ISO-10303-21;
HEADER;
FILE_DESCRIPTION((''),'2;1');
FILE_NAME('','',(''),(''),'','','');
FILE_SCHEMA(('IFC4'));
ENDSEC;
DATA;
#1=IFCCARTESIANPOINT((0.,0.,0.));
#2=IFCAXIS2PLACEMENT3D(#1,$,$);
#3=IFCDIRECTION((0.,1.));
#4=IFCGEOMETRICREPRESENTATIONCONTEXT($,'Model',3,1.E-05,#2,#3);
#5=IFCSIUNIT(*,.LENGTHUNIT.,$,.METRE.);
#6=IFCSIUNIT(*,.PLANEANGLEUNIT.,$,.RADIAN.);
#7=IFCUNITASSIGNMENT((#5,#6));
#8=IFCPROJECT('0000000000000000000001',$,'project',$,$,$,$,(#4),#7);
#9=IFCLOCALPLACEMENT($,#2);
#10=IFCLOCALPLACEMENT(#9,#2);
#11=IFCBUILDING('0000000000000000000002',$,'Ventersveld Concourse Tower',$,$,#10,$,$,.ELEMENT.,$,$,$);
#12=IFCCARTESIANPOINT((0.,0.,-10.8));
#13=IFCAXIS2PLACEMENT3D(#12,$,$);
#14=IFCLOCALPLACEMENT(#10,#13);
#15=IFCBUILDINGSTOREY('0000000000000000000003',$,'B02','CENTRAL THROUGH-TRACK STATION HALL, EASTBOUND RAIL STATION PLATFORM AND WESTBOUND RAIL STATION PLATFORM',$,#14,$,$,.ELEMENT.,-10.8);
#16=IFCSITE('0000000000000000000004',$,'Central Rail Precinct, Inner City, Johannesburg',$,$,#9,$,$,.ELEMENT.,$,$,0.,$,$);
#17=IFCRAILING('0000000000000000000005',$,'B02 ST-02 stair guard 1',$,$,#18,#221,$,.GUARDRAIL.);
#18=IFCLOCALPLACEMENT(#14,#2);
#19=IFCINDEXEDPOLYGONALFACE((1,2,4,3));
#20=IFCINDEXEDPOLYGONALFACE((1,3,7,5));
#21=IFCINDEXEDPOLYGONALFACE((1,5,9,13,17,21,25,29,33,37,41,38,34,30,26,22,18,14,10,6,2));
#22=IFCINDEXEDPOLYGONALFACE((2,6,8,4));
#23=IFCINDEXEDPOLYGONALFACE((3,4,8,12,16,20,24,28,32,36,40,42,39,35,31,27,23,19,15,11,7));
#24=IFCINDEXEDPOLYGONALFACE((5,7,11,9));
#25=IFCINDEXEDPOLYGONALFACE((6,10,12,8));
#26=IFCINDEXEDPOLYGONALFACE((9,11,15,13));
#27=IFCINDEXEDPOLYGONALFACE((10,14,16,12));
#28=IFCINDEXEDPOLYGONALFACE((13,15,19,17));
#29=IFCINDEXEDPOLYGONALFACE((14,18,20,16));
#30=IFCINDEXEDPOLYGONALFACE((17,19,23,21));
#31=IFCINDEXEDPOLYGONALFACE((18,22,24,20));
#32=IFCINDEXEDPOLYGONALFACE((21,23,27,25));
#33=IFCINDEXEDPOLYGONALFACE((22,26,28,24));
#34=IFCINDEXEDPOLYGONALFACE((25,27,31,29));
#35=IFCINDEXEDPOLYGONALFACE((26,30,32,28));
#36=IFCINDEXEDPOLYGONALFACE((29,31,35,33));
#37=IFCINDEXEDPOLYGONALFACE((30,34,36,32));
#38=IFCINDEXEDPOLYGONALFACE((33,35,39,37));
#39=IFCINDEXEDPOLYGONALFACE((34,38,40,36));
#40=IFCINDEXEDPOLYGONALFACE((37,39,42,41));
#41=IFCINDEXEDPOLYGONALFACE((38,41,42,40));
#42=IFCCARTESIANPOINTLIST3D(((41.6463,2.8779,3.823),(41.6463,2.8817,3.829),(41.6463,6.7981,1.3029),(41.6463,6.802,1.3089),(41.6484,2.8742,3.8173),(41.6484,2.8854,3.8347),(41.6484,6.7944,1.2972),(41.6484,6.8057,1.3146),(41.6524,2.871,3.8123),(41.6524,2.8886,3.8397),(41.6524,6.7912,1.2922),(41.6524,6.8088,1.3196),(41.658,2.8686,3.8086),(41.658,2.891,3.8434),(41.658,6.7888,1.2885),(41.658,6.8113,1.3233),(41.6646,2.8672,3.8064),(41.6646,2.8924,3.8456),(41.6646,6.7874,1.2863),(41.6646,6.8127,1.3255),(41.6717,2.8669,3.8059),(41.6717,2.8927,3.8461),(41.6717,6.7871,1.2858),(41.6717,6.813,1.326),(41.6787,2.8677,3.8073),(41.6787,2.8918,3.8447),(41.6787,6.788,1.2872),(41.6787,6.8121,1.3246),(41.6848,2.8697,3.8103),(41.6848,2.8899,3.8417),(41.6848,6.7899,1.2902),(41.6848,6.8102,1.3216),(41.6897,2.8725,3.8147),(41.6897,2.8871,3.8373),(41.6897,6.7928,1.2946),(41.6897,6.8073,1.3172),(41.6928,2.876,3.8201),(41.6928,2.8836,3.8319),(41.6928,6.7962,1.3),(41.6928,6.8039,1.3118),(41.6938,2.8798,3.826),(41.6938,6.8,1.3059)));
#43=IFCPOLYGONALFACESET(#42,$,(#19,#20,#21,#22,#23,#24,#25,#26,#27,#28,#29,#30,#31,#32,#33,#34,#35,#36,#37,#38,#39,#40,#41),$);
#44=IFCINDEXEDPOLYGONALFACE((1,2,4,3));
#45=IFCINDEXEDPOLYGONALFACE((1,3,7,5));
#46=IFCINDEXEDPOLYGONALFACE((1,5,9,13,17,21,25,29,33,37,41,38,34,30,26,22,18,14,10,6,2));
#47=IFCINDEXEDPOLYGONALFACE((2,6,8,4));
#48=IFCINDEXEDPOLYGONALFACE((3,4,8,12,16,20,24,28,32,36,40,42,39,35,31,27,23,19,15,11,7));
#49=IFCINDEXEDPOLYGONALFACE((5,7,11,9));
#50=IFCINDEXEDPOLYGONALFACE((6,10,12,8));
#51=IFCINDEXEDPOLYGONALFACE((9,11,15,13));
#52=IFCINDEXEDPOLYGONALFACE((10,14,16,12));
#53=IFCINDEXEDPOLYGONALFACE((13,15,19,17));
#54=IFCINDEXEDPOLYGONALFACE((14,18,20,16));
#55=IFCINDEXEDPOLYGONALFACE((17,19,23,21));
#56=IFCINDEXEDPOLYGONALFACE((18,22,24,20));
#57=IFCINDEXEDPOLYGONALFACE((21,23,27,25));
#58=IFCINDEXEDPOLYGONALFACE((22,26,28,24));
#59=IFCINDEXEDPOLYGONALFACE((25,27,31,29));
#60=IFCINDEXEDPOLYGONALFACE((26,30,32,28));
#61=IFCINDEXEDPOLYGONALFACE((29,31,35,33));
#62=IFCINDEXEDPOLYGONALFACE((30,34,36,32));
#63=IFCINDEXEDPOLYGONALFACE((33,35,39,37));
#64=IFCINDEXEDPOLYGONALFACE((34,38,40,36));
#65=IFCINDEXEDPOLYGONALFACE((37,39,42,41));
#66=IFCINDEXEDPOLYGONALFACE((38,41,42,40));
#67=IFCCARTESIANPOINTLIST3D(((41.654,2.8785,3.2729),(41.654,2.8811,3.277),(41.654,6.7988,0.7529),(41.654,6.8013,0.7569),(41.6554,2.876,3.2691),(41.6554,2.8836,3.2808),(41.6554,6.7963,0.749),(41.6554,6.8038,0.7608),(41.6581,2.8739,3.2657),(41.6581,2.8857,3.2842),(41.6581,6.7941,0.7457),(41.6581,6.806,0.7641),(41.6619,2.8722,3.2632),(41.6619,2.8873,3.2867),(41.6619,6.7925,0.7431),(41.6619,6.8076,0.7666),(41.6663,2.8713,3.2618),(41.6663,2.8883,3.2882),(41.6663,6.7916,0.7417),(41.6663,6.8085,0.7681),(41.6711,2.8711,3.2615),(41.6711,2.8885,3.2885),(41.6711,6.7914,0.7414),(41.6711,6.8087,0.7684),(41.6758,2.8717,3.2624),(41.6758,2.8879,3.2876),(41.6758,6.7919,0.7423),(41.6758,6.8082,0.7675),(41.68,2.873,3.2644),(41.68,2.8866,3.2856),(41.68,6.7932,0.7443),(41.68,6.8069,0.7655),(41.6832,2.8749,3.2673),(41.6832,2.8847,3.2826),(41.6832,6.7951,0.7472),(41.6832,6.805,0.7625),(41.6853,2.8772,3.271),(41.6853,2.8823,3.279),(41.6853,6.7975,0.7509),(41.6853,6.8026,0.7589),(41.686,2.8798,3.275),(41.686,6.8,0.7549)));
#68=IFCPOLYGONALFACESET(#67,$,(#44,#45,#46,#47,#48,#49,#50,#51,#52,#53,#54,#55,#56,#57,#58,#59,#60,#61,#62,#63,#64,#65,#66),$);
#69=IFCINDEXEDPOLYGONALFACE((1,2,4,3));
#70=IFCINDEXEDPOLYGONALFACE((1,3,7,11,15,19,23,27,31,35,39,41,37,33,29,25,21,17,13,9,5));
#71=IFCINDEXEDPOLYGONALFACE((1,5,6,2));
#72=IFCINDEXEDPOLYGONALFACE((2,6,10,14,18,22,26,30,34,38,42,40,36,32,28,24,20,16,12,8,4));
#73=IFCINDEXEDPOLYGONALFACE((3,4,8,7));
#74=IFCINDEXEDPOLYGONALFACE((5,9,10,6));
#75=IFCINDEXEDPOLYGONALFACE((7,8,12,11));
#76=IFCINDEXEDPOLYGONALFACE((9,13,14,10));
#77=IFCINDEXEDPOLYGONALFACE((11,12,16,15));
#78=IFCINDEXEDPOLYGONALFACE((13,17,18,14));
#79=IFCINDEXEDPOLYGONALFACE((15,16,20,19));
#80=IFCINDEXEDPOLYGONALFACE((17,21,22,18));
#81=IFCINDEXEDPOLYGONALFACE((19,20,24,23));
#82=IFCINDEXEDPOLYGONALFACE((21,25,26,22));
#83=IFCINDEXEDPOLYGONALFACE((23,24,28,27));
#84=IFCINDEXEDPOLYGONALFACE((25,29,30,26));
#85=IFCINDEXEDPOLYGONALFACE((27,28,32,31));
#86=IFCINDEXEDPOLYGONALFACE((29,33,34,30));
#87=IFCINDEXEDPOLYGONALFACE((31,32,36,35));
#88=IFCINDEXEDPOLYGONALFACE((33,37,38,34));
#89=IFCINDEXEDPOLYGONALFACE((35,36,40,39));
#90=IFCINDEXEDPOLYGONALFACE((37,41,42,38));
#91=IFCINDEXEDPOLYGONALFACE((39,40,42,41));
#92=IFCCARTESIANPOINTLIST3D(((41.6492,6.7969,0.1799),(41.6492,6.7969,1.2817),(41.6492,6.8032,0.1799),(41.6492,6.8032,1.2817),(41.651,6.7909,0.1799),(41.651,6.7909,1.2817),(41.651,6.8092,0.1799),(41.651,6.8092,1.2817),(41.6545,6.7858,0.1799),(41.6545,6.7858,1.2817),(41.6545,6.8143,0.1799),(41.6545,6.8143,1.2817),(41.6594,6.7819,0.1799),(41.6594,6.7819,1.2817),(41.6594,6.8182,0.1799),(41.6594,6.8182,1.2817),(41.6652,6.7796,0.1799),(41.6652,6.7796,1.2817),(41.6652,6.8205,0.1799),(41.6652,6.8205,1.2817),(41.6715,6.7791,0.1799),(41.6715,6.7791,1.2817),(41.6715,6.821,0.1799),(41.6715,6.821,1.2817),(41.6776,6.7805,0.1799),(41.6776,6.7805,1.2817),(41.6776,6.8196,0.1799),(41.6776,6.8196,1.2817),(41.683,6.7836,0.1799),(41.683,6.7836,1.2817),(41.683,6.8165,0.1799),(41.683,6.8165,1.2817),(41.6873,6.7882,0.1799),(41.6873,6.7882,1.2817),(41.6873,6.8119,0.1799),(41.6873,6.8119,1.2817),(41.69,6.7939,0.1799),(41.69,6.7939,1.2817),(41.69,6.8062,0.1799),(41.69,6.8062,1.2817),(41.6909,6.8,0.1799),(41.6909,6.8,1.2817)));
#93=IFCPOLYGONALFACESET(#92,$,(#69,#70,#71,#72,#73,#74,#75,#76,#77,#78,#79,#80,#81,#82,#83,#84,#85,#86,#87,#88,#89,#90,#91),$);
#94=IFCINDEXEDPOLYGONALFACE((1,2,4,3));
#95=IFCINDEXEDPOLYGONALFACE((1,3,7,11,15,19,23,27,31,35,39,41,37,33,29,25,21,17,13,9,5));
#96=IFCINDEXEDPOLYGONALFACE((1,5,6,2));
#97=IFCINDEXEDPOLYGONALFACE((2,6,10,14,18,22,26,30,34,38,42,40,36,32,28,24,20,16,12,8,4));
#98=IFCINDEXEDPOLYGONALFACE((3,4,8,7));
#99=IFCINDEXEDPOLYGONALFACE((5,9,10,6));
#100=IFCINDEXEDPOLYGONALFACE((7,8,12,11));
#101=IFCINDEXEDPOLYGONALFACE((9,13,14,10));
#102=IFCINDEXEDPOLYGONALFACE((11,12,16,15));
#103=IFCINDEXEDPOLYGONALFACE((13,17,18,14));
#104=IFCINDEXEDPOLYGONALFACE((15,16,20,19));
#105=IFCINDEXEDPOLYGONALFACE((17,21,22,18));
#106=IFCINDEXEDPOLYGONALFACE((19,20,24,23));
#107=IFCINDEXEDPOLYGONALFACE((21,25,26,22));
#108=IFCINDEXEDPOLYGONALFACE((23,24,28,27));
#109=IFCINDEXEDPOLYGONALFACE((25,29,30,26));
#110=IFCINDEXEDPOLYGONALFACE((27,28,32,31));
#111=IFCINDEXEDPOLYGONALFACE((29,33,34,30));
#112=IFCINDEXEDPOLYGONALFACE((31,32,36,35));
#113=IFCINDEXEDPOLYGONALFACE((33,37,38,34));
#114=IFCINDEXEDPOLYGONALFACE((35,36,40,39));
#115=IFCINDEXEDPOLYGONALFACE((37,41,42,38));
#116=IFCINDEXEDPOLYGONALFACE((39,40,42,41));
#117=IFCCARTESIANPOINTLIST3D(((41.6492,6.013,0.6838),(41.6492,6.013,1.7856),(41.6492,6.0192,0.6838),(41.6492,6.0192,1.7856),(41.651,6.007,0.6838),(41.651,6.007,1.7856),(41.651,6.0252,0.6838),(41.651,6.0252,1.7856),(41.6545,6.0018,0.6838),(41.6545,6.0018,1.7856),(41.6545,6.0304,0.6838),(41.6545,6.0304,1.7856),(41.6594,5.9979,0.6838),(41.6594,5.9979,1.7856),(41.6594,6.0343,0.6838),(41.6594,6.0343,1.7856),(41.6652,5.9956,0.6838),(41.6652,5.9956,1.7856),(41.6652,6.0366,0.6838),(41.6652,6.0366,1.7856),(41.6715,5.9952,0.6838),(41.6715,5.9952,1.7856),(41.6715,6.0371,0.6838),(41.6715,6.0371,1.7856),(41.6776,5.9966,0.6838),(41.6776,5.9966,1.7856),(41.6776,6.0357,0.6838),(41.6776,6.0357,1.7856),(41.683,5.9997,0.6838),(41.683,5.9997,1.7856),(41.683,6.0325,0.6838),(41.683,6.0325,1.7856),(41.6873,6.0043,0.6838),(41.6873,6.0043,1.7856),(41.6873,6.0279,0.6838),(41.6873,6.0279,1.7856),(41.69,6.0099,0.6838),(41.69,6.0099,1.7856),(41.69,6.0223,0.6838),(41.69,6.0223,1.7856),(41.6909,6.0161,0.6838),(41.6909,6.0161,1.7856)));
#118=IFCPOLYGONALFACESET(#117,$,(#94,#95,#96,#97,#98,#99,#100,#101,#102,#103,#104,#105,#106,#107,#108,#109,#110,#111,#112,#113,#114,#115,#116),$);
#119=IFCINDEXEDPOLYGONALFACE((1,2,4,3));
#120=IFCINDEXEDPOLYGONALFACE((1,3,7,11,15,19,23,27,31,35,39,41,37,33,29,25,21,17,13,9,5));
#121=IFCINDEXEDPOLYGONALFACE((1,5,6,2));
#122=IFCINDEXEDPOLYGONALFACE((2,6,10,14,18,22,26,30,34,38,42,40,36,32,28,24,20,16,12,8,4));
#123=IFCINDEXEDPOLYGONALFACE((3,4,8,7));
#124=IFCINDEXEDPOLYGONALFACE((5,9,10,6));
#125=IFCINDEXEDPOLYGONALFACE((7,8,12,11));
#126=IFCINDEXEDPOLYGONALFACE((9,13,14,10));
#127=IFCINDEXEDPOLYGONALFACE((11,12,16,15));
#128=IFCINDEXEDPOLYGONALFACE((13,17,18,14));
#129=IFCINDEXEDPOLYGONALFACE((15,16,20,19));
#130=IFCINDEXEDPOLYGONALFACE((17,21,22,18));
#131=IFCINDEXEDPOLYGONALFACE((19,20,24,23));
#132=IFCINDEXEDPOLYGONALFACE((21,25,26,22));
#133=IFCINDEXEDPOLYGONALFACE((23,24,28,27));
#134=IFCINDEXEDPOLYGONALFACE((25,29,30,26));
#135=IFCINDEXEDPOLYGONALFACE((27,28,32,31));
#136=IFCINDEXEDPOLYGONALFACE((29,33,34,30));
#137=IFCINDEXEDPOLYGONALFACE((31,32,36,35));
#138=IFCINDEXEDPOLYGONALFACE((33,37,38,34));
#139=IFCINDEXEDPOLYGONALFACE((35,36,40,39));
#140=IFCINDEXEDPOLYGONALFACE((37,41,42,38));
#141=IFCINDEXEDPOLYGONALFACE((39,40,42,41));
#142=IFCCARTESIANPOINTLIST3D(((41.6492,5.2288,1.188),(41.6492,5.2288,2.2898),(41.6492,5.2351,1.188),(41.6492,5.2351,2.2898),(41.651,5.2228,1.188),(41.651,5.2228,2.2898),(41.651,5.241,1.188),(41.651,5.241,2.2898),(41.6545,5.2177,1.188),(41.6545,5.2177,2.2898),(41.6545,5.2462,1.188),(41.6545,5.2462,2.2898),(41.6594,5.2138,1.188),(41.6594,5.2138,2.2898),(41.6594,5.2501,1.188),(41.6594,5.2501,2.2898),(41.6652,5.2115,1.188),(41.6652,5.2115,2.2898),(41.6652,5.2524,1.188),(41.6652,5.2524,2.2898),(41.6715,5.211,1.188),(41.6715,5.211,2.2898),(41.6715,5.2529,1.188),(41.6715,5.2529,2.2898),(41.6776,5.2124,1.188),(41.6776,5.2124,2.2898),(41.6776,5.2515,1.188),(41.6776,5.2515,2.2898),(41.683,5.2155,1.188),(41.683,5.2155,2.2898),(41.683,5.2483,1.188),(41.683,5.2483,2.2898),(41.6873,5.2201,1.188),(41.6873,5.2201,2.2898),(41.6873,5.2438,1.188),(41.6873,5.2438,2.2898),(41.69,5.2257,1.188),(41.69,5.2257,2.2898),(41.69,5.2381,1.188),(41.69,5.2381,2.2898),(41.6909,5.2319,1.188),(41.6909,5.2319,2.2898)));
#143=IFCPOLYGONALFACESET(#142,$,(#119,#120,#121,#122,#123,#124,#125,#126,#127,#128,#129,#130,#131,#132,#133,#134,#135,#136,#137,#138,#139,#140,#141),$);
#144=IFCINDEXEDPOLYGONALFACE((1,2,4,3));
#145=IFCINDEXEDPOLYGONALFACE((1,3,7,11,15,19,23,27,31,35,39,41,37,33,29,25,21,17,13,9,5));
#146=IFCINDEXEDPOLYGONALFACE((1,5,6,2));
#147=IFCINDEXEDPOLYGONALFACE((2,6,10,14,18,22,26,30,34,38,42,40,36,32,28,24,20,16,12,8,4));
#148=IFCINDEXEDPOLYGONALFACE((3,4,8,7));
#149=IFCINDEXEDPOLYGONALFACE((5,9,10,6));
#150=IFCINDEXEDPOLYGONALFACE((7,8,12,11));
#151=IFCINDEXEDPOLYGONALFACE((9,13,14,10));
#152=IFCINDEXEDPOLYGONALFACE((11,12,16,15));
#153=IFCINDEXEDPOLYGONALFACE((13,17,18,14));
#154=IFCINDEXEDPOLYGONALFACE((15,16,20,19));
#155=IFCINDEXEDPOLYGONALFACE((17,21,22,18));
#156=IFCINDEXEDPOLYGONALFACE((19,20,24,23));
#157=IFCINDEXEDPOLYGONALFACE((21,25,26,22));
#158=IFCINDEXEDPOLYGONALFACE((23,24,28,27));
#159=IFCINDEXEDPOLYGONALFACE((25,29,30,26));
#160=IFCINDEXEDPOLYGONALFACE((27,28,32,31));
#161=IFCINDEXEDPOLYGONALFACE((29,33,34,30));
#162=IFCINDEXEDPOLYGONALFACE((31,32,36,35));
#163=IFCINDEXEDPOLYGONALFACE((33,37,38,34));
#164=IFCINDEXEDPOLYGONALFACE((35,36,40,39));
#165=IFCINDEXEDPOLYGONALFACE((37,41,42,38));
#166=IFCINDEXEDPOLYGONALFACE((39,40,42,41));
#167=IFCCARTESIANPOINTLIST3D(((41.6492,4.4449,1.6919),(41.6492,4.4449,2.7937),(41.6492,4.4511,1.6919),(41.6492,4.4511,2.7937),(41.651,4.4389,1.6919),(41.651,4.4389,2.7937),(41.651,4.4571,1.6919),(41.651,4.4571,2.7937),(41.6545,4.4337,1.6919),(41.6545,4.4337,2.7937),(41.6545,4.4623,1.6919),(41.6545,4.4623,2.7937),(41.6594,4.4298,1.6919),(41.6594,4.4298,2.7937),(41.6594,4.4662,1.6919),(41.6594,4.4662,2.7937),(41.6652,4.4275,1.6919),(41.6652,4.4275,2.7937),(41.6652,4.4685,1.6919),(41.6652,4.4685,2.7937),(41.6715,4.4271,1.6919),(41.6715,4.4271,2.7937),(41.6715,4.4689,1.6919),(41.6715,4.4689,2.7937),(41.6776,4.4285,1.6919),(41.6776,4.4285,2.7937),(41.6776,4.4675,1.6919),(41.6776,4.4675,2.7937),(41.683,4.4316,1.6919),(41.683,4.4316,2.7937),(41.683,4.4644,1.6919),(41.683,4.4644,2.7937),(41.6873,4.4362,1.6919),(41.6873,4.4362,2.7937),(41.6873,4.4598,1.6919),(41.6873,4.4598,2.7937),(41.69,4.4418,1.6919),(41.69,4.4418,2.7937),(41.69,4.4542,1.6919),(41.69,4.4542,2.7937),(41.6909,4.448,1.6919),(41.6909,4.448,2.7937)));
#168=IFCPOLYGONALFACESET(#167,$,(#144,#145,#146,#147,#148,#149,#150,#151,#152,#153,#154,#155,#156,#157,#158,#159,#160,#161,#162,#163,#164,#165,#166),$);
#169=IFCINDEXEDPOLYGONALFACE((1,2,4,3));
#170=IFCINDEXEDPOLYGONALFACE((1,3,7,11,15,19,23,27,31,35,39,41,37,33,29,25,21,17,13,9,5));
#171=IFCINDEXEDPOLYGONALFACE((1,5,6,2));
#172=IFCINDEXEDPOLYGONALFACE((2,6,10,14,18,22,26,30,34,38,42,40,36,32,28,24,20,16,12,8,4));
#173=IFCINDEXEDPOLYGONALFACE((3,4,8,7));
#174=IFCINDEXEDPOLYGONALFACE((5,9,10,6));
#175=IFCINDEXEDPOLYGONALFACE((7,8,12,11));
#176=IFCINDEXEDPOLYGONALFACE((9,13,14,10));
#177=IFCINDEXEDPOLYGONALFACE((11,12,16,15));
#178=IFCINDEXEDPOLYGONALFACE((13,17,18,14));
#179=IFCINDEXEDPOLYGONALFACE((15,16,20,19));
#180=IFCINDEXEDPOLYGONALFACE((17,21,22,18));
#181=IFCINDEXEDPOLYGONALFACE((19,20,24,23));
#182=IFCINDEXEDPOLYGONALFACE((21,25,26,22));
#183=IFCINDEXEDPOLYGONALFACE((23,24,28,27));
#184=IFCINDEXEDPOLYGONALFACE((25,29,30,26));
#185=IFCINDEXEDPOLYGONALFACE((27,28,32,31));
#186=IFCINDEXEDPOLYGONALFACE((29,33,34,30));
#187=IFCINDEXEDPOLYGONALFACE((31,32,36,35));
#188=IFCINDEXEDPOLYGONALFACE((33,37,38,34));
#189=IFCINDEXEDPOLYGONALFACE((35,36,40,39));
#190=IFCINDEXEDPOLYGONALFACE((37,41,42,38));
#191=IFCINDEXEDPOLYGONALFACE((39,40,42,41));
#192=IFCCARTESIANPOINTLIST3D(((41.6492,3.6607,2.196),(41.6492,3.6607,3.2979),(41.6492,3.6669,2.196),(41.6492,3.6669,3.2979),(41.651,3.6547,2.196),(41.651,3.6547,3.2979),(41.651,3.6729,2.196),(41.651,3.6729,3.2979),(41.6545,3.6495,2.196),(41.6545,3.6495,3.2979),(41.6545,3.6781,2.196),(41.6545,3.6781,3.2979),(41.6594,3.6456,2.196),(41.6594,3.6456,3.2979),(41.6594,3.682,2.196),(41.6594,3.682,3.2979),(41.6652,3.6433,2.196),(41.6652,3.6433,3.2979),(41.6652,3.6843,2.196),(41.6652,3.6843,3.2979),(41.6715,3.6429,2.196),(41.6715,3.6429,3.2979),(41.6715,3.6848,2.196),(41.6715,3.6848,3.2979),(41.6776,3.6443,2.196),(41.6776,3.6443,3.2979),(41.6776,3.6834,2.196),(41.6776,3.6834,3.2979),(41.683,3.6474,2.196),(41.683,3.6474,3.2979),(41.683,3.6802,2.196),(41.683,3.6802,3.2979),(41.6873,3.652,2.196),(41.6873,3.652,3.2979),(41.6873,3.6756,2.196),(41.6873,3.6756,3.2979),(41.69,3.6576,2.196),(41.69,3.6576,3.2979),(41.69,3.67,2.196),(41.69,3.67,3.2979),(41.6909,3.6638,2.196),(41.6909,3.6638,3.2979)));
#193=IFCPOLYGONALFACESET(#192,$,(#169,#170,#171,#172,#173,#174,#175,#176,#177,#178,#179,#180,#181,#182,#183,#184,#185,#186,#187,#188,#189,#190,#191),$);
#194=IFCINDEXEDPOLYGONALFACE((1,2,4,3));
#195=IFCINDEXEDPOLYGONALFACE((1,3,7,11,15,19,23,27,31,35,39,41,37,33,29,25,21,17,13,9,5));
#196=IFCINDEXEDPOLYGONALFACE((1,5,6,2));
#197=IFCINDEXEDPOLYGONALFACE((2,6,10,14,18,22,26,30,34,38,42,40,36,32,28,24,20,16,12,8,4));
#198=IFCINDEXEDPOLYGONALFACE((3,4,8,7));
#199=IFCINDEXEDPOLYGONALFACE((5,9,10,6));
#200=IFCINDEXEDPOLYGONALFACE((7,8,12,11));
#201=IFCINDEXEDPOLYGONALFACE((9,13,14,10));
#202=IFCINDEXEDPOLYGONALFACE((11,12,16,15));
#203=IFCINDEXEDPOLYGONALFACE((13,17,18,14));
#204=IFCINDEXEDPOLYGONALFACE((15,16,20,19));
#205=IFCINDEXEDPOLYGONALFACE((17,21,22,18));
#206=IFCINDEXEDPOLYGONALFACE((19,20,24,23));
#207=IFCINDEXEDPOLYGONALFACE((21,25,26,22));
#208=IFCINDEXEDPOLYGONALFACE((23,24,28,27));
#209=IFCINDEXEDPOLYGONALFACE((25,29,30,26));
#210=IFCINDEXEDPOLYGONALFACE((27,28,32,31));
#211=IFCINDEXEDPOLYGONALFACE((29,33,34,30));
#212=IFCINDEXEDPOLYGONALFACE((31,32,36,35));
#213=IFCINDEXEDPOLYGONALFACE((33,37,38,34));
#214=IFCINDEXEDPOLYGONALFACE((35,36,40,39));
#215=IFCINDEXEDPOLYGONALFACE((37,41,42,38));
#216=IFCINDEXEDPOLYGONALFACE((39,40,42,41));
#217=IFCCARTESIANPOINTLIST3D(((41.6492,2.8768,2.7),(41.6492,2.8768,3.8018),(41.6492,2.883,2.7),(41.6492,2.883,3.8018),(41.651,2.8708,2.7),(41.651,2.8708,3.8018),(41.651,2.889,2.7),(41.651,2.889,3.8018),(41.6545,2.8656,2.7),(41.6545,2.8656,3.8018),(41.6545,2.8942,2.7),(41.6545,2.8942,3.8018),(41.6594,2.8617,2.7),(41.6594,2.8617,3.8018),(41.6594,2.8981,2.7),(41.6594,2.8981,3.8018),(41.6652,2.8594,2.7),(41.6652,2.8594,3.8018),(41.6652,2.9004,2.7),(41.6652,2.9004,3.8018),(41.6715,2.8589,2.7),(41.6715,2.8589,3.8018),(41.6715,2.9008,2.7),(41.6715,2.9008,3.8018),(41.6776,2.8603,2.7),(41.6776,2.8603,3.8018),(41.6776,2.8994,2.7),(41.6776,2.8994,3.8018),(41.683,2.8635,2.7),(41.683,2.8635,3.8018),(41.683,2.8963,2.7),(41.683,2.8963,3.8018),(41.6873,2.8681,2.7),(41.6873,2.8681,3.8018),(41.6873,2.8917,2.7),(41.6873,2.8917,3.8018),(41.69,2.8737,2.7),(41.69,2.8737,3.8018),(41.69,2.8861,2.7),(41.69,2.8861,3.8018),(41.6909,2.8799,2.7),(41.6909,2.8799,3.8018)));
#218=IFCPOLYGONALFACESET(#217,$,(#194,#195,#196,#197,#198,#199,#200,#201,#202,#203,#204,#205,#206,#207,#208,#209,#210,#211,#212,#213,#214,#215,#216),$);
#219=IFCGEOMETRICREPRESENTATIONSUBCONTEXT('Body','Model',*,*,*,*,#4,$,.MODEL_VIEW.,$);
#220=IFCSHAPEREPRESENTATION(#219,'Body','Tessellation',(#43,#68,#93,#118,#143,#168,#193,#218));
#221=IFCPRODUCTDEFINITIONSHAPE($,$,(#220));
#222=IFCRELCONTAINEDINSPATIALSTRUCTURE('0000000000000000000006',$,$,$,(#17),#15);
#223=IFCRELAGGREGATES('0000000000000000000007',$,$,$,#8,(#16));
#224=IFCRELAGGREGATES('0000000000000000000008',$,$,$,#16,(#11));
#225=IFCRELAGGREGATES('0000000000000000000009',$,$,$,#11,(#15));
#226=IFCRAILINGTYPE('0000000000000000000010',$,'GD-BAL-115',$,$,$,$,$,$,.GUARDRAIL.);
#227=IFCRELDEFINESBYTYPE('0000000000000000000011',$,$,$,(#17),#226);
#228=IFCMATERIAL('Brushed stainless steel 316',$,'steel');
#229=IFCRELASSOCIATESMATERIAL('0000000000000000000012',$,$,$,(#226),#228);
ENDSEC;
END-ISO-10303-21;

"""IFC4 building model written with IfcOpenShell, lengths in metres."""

from ifc_helpers import new_model, si_unit, direction, frame, origin, origin_2d, place, context, subcontext, project, spatial, circle, extrude, material, type_object, element, save


model = new_model("IFC4")

# Units and contexts
model_context = context("Model", 3, precision=1e-05, world=origin(), true_north=direction((0.0, 1.0)))
body_context = subcontext(model_context, "Body", "Model", "MODEL_VIEW")
ifc_project = project(units=[si_unit("LENGTHUNIT", "METRE"), si_unit("PLANEANGLEUNIT", "RADIAN")], contexts=[model_context])

# Site, building, storey
site_placement = place(None, origin())
site = spatial("IfcSite", under=ifc_project, at=site_placement, Name="Central Rail Precinct, Inner City, Johannesburg", CompositionType="ELEMENT", RefElevation=0.0)
building_placement = place(site_placement, origin())
building = spatial("IfcBuilding", under=site, at=building_placement, Name="Ventersveld Concourse Tower", CompositionType="ELEMENT")
storey_placement = place(building_placement, frame((0.0, 0.0, -10.8)))
storey = spatial("IfcBuildingStorey", under=building, at=storey_placement, Name="B02", Description="CENTRAL THROUGH-TRACK STATION HALL, EASTBOUND RAIL STATION PLATFORM AND WESTBOUND RAIL STATION PLATFORM", CompositionType="ELEMENT", Elevation=-10.8)

# Shared definitions
ifc_material_1 = material(Name="Brushed stainless steel 316", Category="steel")

# Railing
railing_type_1 = type_object("IfcRailingType", Name="GD-BAL-115", PredefinedType="GUARDRAIL", material=ifc_material_1)
railing_1_placement = place(storey_placement, frame((41.6699, 6.8, 0.1799)))
element("IfcRailing", 1, at=railing_1_placement, inside=storey, type_object=railing_type_1, Name="B02 ST-02 stair guard 1", PredefinedType="GUARDRAIL", context=body_context, shape_type="SweptSolid", body=[
    extrude(circle(Radius=0.0239, at=origin_2d()), frame((0.0, 0.0, 1.126), z_axis=(0.0, -0.841187, 0.540744), x_axis=(1.0, 0.0, 0.0)), (0.0, 0.0, 1.0), 4.6604),
    extrude(circle(Radius=0.0161, at=origin_2d()), frame((0.0, 0.0, 0.575), z_axis=(0.0, -0.841187, 0.540744), x_axis=(1.0, 0.0, 0.0)), (0.0, 0.0, 1.0), 4.6604),
    extrude(circle(Radius=0.021, at=origin_2d()), origin(), (0.0, 0.0, 1.0), 1.1018),
    extrude(circle(Radius=0.021, at=origin_2d()), frame((0.0, -0.7839, 0.5039)), (0.0, 0.0, 1.0), 1.1018),
    extrude(circle(Radius=0.021, at=origin_2d()), frame((0.0, -1.5681, 1.0081)), (0.0, 0.0, 1.0), 1.1018),
    extrude(circle(Radius=0.021, at=origin_2d()), frame((0.0, -2.3521, 1.512)), (0.0, 0.0, 1.0), 1.1018),
    extrude(circle(Radius=0.021, at=origin_2d()), frame((0.0, -3.1362, 2.0161)), (0.0, 0.0, 1.0), 1.1018),
    extrude(circle(Radius=0.021, at=origin_2d()), frame((0.0, -3.9202, 2.52)), (0.0, 0.0, 1.0), 1.1018),
])

save(model, "model.ifc")
